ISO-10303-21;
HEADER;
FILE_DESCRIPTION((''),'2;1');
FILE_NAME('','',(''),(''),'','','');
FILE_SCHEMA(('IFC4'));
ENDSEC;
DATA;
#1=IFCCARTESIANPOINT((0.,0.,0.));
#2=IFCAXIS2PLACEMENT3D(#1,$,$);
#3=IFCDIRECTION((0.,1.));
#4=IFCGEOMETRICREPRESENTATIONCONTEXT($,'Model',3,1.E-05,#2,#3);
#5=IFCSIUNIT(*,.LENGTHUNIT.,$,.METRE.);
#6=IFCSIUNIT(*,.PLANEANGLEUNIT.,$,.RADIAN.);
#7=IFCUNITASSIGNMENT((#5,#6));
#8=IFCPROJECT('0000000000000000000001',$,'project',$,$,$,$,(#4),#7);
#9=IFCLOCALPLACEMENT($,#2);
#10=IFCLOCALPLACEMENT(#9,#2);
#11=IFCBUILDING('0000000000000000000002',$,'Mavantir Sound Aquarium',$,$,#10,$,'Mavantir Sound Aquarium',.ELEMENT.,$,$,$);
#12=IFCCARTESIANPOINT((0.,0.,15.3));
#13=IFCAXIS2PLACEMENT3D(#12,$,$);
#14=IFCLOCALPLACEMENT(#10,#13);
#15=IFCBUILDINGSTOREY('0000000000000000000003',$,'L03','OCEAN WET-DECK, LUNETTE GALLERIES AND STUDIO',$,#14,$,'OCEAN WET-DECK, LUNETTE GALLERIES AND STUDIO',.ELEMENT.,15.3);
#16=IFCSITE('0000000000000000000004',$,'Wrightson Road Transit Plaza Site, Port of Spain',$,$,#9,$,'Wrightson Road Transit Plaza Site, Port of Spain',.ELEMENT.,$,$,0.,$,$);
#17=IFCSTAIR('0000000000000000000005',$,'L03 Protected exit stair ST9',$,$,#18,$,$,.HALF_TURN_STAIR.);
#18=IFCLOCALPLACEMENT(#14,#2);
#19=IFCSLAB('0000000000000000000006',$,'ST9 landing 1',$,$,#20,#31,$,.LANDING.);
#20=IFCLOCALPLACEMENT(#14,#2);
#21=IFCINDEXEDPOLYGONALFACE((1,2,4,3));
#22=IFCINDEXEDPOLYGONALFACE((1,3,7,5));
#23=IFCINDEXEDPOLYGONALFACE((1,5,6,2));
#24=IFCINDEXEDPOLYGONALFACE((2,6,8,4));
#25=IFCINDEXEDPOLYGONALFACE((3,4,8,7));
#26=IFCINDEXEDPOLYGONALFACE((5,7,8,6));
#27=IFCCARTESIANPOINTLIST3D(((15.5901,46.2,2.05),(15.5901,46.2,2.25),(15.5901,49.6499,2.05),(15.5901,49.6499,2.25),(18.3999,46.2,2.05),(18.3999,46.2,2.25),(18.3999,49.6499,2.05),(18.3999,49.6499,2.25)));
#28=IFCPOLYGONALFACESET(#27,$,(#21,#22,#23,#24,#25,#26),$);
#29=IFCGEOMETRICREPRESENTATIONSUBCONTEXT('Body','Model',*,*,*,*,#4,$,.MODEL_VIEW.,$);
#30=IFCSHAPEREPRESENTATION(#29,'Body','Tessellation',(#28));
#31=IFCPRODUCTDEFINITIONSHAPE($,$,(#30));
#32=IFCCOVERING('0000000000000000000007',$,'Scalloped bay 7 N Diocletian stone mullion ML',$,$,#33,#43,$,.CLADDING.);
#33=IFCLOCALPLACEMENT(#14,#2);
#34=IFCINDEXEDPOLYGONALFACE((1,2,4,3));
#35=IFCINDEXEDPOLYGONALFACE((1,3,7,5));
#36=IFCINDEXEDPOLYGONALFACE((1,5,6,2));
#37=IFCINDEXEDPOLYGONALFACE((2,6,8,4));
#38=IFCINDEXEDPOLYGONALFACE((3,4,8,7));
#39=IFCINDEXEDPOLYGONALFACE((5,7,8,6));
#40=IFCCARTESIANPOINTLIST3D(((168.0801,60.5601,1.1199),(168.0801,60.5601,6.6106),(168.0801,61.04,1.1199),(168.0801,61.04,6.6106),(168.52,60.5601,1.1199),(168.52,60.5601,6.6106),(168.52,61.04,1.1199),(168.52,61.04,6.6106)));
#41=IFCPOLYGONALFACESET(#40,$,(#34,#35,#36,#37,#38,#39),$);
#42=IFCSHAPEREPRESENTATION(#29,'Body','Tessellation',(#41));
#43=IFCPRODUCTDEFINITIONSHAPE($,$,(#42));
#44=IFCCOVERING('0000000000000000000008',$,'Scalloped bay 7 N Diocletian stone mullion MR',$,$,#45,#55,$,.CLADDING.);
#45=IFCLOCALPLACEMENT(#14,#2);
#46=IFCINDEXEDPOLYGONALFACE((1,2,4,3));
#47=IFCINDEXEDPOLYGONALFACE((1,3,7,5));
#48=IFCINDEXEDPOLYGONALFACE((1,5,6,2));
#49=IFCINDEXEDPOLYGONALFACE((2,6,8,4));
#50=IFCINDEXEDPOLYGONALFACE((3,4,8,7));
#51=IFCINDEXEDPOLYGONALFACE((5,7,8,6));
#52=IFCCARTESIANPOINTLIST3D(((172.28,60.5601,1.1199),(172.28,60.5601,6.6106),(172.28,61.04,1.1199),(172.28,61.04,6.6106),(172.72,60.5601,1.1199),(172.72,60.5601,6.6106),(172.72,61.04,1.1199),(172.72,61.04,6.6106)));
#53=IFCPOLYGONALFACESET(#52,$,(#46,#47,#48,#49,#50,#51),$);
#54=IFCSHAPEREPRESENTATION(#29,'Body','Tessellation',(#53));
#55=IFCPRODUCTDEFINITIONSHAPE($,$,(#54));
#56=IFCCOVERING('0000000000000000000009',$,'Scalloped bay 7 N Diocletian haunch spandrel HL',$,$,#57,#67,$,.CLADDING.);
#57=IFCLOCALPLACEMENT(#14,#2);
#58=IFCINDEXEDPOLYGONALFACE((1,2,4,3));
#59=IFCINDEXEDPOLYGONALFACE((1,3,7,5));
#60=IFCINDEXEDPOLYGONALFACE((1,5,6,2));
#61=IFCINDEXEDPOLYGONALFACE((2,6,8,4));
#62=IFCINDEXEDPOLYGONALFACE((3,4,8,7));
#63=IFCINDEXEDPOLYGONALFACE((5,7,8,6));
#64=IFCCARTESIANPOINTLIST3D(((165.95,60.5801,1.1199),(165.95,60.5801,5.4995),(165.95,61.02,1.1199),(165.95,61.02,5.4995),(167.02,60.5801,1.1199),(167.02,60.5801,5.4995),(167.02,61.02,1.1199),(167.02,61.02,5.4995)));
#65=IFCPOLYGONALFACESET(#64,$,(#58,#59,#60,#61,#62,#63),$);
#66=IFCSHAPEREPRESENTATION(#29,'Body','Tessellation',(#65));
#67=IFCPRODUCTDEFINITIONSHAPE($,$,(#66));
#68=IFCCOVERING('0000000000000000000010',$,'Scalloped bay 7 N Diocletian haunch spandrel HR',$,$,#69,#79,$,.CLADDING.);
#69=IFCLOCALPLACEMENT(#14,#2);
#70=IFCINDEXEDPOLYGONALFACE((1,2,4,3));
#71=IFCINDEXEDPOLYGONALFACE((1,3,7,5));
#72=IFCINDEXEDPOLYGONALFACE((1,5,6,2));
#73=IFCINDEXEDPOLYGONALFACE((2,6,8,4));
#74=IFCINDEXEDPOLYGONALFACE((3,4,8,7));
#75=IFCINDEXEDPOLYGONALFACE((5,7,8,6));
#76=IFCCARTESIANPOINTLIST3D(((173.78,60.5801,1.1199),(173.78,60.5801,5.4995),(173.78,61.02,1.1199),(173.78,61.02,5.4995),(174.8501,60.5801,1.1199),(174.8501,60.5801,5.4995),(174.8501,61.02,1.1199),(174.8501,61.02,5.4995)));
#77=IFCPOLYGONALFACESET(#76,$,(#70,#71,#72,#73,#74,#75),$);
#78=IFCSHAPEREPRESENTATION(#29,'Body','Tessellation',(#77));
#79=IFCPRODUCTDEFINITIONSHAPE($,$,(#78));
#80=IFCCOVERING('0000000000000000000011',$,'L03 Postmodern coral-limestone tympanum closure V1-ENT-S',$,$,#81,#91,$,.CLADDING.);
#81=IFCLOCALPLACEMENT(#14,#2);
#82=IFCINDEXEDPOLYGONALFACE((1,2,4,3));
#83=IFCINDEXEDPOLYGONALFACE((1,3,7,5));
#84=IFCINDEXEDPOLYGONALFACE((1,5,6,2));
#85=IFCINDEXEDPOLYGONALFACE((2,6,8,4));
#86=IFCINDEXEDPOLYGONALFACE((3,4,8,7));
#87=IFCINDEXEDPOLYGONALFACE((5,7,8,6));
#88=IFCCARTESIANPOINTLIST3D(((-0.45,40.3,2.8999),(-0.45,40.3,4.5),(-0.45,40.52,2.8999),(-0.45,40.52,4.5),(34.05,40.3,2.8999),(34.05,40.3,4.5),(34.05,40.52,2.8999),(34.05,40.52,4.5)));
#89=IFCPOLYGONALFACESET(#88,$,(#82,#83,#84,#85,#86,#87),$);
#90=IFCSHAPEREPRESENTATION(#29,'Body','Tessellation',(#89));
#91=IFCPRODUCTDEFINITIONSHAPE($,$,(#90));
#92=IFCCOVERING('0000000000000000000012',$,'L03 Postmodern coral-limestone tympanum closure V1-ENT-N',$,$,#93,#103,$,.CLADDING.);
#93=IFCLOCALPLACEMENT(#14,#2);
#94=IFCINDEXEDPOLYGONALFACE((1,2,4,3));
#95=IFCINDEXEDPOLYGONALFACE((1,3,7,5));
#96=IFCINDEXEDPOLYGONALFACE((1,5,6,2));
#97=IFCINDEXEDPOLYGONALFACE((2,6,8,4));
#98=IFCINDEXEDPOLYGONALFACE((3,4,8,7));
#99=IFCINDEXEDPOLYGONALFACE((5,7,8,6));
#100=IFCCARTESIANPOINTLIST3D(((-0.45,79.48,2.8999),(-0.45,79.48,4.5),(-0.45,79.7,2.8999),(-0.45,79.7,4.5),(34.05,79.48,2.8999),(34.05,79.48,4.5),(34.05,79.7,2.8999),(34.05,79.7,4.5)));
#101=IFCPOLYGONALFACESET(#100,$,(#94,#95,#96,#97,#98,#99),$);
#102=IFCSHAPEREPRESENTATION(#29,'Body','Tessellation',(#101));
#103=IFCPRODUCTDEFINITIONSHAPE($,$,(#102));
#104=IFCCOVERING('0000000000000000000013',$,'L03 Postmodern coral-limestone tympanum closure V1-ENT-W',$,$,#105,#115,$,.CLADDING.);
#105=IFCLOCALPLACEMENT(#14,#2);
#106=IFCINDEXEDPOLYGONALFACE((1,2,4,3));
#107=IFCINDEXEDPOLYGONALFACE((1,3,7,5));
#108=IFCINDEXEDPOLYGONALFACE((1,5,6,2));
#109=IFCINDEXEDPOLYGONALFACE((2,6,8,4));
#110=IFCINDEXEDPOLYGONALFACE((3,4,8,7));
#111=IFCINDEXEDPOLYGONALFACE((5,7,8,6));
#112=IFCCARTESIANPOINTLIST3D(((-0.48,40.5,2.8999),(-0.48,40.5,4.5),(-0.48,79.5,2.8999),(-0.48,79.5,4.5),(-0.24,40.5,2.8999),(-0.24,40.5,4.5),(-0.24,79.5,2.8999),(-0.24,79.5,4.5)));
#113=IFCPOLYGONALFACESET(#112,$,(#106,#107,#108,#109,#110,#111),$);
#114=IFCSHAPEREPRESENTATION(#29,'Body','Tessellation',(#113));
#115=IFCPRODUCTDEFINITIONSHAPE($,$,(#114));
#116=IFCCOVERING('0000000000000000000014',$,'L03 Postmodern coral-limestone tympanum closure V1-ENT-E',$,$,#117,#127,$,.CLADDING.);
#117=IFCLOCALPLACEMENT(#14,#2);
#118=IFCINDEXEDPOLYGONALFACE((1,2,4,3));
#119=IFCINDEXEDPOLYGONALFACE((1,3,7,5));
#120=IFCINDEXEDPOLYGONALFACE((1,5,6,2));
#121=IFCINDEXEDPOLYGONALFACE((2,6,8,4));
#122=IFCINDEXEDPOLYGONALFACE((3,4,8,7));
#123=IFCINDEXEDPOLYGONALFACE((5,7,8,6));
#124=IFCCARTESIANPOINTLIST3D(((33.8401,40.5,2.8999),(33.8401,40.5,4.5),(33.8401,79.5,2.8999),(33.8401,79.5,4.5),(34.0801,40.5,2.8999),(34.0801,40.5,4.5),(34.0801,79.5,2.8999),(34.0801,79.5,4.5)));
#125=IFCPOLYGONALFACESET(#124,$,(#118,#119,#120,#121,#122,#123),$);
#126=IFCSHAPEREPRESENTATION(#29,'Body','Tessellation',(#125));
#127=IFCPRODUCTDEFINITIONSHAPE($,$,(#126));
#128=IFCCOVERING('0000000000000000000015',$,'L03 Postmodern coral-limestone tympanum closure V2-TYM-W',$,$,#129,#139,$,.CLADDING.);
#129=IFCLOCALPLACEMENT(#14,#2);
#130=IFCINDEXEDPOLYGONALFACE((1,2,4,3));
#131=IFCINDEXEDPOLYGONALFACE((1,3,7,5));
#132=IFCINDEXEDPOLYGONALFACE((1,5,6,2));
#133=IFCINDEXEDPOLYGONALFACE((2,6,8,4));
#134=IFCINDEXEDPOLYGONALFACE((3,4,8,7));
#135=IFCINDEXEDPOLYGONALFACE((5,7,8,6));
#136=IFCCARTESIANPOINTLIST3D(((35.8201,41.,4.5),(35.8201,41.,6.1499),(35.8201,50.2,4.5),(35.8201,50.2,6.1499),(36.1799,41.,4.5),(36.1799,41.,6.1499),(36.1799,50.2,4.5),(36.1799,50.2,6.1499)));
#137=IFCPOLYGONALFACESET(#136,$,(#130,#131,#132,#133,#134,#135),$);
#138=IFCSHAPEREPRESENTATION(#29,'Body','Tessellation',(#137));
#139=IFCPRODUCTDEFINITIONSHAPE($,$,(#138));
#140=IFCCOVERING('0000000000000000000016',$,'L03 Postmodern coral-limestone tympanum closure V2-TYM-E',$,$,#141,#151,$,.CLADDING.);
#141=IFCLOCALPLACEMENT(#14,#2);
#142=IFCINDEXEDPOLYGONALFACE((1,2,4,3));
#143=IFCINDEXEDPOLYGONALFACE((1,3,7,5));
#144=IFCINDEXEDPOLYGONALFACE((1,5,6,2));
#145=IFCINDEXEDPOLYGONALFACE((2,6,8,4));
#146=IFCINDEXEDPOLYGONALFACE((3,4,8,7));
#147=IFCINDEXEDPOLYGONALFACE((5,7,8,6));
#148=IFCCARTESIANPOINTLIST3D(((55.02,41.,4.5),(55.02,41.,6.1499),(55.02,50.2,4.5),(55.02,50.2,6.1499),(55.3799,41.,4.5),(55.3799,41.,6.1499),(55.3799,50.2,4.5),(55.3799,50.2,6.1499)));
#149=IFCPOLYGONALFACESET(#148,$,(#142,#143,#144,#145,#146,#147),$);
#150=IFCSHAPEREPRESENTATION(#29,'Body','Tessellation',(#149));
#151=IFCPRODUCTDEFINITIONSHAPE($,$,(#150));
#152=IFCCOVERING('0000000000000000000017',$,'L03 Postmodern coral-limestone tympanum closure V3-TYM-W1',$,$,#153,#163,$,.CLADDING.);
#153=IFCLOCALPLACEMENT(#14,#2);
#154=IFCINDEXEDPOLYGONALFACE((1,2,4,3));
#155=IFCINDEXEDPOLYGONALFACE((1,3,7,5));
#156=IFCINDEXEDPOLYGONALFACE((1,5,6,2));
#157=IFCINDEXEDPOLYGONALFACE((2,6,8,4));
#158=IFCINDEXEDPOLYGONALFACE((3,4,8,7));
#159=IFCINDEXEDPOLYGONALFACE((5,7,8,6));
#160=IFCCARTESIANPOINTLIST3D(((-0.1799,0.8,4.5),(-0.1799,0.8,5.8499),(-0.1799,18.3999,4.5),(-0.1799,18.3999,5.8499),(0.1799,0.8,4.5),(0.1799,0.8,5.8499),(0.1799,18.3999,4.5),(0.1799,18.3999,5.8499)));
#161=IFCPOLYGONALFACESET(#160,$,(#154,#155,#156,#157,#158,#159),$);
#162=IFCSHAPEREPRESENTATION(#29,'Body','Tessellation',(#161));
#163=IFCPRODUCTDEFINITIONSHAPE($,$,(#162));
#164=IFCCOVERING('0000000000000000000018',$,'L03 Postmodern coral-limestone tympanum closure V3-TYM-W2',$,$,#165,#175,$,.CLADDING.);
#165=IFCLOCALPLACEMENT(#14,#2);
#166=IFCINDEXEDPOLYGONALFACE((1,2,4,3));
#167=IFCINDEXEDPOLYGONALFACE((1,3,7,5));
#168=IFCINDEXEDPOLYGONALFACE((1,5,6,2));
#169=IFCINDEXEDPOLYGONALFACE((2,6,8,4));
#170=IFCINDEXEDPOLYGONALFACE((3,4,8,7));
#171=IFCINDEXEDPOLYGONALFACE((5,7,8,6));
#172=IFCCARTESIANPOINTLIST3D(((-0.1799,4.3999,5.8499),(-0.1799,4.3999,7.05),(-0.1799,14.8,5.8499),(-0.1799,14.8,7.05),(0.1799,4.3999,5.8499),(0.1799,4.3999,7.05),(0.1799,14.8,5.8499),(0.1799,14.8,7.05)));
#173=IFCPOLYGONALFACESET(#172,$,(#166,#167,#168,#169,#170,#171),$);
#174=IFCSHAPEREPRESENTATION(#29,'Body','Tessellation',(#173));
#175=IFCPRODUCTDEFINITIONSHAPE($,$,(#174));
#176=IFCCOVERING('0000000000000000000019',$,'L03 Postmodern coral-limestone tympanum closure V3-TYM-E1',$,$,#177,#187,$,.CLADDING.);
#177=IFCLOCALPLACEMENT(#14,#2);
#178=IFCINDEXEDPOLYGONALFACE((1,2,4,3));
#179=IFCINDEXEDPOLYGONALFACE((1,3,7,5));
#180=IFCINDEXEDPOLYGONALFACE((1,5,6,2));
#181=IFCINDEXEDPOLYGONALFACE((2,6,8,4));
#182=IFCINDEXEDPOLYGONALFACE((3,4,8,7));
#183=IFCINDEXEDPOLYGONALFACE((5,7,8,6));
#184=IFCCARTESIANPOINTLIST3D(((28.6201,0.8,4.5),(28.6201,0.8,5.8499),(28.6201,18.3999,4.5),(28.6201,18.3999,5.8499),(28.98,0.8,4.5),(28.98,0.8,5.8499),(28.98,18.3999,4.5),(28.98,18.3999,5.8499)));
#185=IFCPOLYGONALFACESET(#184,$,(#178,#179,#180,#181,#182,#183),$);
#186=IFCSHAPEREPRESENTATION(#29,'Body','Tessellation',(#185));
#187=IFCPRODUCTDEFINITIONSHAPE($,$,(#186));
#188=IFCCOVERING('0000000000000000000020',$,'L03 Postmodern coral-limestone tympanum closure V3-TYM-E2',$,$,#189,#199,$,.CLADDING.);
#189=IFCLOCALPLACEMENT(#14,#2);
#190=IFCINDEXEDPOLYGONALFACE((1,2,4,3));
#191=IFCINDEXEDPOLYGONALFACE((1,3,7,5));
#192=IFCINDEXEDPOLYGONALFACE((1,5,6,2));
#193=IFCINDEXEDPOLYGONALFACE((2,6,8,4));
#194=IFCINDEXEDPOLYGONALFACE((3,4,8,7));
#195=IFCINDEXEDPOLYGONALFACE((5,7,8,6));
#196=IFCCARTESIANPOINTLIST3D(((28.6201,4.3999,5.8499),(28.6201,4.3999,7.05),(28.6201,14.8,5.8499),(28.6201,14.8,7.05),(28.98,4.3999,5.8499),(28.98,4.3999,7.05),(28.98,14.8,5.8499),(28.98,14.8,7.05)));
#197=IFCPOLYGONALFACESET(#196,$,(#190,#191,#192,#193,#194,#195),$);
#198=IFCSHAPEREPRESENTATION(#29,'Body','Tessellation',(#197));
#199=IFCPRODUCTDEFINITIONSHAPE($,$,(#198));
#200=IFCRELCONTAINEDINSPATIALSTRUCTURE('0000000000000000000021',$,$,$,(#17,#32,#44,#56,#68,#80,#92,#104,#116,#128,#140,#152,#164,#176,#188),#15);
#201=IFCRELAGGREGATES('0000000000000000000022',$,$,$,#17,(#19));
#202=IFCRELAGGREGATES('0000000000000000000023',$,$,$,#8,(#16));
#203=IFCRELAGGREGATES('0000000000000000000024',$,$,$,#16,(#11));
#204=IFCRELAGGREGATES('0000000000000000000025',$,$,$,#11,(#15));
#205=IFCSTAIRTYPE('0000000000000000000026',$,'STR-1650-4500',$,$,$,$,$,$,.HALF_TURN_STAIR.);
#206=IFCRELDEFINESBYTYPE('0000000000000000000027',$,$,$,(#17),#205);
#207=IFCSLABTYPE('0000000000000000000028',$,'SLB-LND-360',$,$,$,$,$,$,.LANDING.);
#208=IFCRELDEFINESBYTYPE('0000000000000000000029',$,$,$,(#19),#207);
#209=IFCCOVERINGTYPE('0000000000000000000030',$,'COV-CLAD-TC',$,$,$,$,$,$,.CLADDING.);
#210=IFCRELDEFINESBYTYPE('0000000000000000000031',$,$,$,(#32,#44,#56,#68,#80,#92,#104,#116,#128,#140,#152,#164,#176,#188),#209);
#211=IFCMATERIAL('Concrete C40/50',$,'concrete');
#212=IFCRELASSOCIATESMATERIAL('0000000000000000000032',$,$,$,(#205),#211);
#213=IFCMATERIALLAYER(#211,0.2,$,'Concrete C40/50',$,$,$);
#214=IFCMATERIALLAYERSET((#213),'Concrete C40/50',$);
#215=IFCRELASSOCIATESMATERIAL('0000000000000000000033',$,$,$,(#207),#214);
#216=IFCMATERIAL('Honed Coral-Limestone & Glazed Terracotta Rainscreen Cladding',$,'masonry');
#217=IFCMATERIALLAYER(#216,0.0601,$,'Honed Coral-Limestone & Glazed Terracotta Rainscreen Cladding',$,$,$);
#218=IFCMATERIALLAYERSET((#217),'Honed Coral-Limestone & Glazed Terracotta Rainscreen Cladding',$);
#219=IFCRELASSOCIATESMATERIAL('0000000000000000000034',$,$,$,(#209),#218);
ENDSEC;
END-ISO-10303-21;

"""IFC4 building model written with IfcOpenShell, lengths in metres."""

from ifc_helpers import new_model, si_unit, direction, frame, origin, place, context, subcontext, project, spatial, polyline, outline, extrude, material, layer, layer_set, type_object, element, aggregate, save


model = new_model("IFC4")

# Units and contexts
model_context = context("Model", 3, precision=1e-05, world=origin(), true_north=direction((0.0, 1.0)))
body_context = subcontext(model_context, "Body", "Model", "MODEL_VIEW")
ifc_project = project(units=[si_unit("LENGTHUNIT", "METRE"), si_unit("PLANEANGLEUNIT", "RADIAN")], contexts=[model_context])

# Site, building, storey
site_placement = place(None, origin())
site = spatial("IfcSite", under=ifc_project, at=site_placement, Name="Wrightson Road Transit Plaza Site, Port of Spain", LongName="Wrightson Road Transit Plaza Site, Port of Spain", CompositionType="ELEMENT", RefElevation=0.0)
building_placement = place(site_placement, origin())
building = spatial("IfcBuilding", under=site, at=building_placement, Name="Mavantir Sound Aquarium", LongName="Mavantir Sound Aquarium", CompositionType="ELEMENT")
storey_placement = place(building_placement, frame((0.0, 0.0, 15.3)))
storey = spatial("IfcBuildingStorey", under=building, at=storey_placement, Name="L03", Description="OCEAN WET-DECK, LUNETTE GALLERIES AND STUDIO", LongName="OCEAN WET-DECK, LUNETTE GALLERIES AND STUDIO", CompositionType="ELEMENT", Elevation=15.3)

# Stair, slab
ifc_material_1 = material(Name="Concrete C40/50", Category="concrete")
stair_type = type_object("IfcStairType", Name="STR-1650-4500", PredefinedType="HALF_TURN_STAIR", material=ifc_material_1)
stair_placement = place(storey_placement, origin())
stair = element("IfcStair", 1, at=stair_placement, inside=storey, type_object=stair_type, Name="L03 Protected exit stair ST9", PredefinedType="HALF_TURN_STAIR")
ifc_layer_1 = layer(ifc_material_1, 0.2, Name="Concrete C40/50")
ifc_layer_set_1 = layer_set([ifc_layer_1], Name="Concrete C40/50")
slab_type = type_object("IfcSlabType", Name="SLB-LND-360", PredefinedType="LANDING", material=ifc_layer_set_1)
slab_placement = place(storey_placement, frame((0.0, 0.0, 2.05)))
slab = element("IfcSlab", 2, at=slab_placement, type_object=slab_type, Name="ST9 landing 1", PredefinedType="LANDING", context=body_context, shape_type="SweptSolid", body=[
    extrude(outline(polyline([(15.5901, 46.2), (18.3999, 46.2), (18.3999, 49.6499), (15.5901, 49.6499), (15.5901, 46.2)])), origin(), (0.0, 0.0, 1.0), 0.2),
])
aggregate(stair, [slab])

# Coverings
ifc_material_2 = material(Name="Honed Coral-Limestone & Glazed Terracotta Rainscreen Cladding", Category="masonry")
ifc_layer_2 = layer(ifc_material_2, 0.0601, Name="Honed Coral-Limestone & Glazed Terracotta Rainscreen Cladding")
ifc_layer_set_2 = layer_set([ifc_layer_2], Name="Honed Coral-Limestone & Glazed Terracotta Rainscreen Cladding")
covering_type = type_object("IfcCoveringType", Name="COV-CLAD-TC", PredefinedType="CLADDING", material=ifc_layer_set_2)
covering_1_placement = place(storey_placement, frame((0.0, 0.0, 1.1199)))
element("IfcCovering", 3, at=covering_1_placement, inside=storey, type_object=covering_type, Name="Scalloped bay 7 N Diocletian stone mullion ML", PredefinedType="CLADDING", context=body_context, shape_type="SweptSolid", body=[
    extrude(outline(polyline([(168.0801, 60.5601), (168.52, 60.5601), (168.52, 61.04), (168.0801, 61.04), (168.0801, 60.5601)])), origin(), (0.0, 0.0, 1.0), 5.4907),
])
covering_2_placement = place(storey_placement, frame((0.0, 0.0, 1.1199)))
element("IfcCovering", 4, at=covering_2_placement, inside=storey, type_object=covering_type, Name="Scalloped bay 7 N Diocletian stone mullion MR", PredefinedType="CLADDING", context=body_context, shape_type="SweptSolid", body=[
    extrude(outline(polyline([(172.28, 60.5601), (172.72, 60.5601), (172.72, 61.04), (172.28, 61.04), (172.28, 60.5601)])), origin(), (0.0, 0.0, 1.0), 5.4907),
])
covering_3_placement = place(storey_placement, frame((0.0, 0.0, 1.1199)))
element("IfcCovering", 5, at=covering_3_placement, inside=storey, type_object=covering_type, Name="Scalloped bay 7 N Diocletian haunch spandrel HL", PredefinedType="CLADDING", context=body_context, shape_type="SweptSolid", body=[
    extrude(outline(polyline([(165.95, 60.5801), (167.02, 60.5801), (167.02, 61.02), (165.95, 61.02), (165.95, 60.5801)])), origin(), (0.0, 0.0, 1.0), 4.3796),
])
covering_4_placement = place(storey_placement, frame((0.0, 0.0, 1.1199)))
element("IfcCovering", 6, at=covering_4_placement, inside=storey, type_object=covering_type, Name="Scalloped bay 7 N Diocletian haunch spandrel HR", PredefinedType="CLADDING", context=body_context, shape_type="SweptSolid", body=[
    extrude(outline(polyline([(173.78, 60.5801), (174.8501, 60.5801), (174.8501, 61.02), (173.78, 61.02), (173.78, 60.5801)])), origin(), (0.0, 0.0, 1.0), 4.3796),
])
covering_5_placement = place(storey_placement, frame((0.0, 0.0, 2.8999)))
element("IfcCovering", 7, at=covering_5_placement, inside=storey, type_object=covering_type, Name="L03 Postmodern coral-limestone tympanum closure V1-ENT-S", PredefinedType="CLADDING", context=body_context, shape_type="SweptSolid", body=[
    extrude(outline(polyline([(-0.45, 40.3), (34.05, 40.3), (34.05, 40.52), (-0.45, 40.52), (-0.45, 40.3)])), origin(), (0.0, 0.0, 1.0), 1.6001),
])
covering_6_placement = place(storey_placement, frame((0.0, 0.0, 2.8999)))
element("IfcCovering", 8, at=covering_6_placement, inside=storey, type_object=covering_type, Name="L03 Postmodern coral-limestone tympanum closure V1-ENT-N", PredefinedType="CLADDING", context=body_context, shape_type="SweptSolid", body=[
    extrude(outline(polyline([(-0.45, 79.48), (34.05, 79.48), (34.05, 79.7), (-0.45, 79.7), (-0.45, 79.48)])), origin(), (0.0, 0.0, 1.0), 1.6001),
])
covering_7_placement = place(storey_placement, frame((0.0, 0.0, 2.8999)))
element("IfcCovering", 9, at=covering_7_placement, inside=storey, type_object=covering_type, Name="L03 Postmodern coral-limestone tympanum closure V1-ENT-W", PredefinedType="CLADDING", context=body_context, shape_type="SweptSolid", body=[
    extrude(outline(polyline([(-0.48, 40.5), (-0.24, 40.5), (-0.24, 79.5), (-0.48, 79.5), (-0.48, 40.5)])), origin(), (0.0, 0.0, 1.0), 1.6001),
])
covering_8_placement = place(storey_placement, frame((0.0, 0.0, 2.8999)))
element("IfcCovering", 10, at=covering_8_placement, inside=storey, type_object=covering_type, Name="L03 Postmodern coral-limestone tympanum closure V1-ENT-E", PredefinedType="CLADDING", context=body_context, shape_type="SweptSolid", body=[
    extrude(outline(polyline([(33.8401, 40.5), (34.0801, 40.5), (34.0801, 79.5), (33.8401, 79.5), (33.8401, 40.5)])), origin(), (0.0, 0.0, 1.0), 1.6001),
])
covering_9_placement = place(storey_placement, frame((0.0, 0.0, 4.5)))
element("IfcCovering", 11, at=covering_9_placement, inside=storey, type_object=covering_type, Name="L03 Postmodern coral-limestone tympanum closure V2-TYM-W", PredefinedType="CLADDING", context=body_context, shape_type="SweptSolid", body=[
    extrude(outline(polyline([(35.8201, 41.0), (36.1799, 41.0), (36.1799, 50.2), (35.8201, 50.2), (35.8201, 41.0)])), origin(), (0.0, 0.0, 1.0), 1.6499),
])
covering_10_placement = place(storey_placement, frame((0.0, 0.0, 4.5)))
element("IfcCovering", 12, at=covering_10_placement, inside=storey, type_object=covering_type, Name="L03 Postmodern coral-limestone tympanum closure V2-TYM-E", PredefinedType="CLADDING", context=body_context, shape_type="SweptSolid", body=[
    extrude(outline(polyline([(55.02, 41.0), (55.3799, 41.0), (55.3799, 50.2), (55.02, 50.2), (55.02, 41.0)])), origin(), (0.0, 0.0, 1.0), 1.6499),
])
covering_11_placement = place(storey_placement, frame((0.0, 0.0, 4.5)))
element("IfcCovering", 13, at=covering_11_placement, inside=storey, type_object=covering_type, Name="L03 Postmodern coral-limestone tympanum closure V3-TYM-W1", PredefinedType="CLADDING", context=body_context, shape_type="SweptSolid", body=[
    extrude(outline(polyline([(-0.1799, 0.8), (0.1799, 0.8), (0.1799, 18.3999), (-0.1799, 18.3999), (-0.1799, 0.8)])), origin(), (0.0, 0.0, 1.0), 1.3499),
])
covering_12_placement = place(storey_placement, frame((0.0, 0.0, 5.8499)))
element("IfcCovering", 14, at=covering_12_placement, inside=storey, type_object=covering_type, Name="L03 Postmodern coral-limestone tympanum closure V3-TYM-W2", PredefinedType="CLADDING", context=body_context, shape_type="SweptSolid", body=[
    extrude(outline(polyline([(-0.1799, 4.3999), (0.1799, 4.3999), (0.1799, 14.8), (-0.1799, 14.8), (-0.1799, 4.3999)])), origin(), (0.0, 0.0, 1.0), 1.2002),
])
covering_13_placement = place(storey_placement, frame((0.0, 0.0, 4.5)))
element("IfcCovering", 15, at=covering_13_placement, inside=storey, type_object=covering_type, Name="L03 Postmodern coral-limestone tympanum closure V3-TYM-E1", PredefinedType="CLADDING", context=body_context, shape_type="SweptSolid", body=[
    extrude(outline(polyline([(28.6201, 0.8), (28.98, 0.8), (28.98, 18.3999), (28.6201, 18.3999), (28.6201, 0.8)])), origin(), (0.0, 0.0, 1.0), 1.3499),
])
covering_14_placement = place(storey_placement, frame((0.0, 0.0, 5.8499)))
element("IfcCovering", 16, at=covering_14_placement, inside=storey, type_object=covering_type, Name="L03 Postmodern coral-limestone tympanum closure V3-TYM-E2", PredefinedType="CLADDING", context=body_context, shape_type="SweptSolid", body=[
    extrude(outline(polyline([(28.6201, 4.3999), (28.98, 4.3999), (28.98, 14.8), (28.6201, 14.8), (28.6201, 4.3999)])), origin(), (0.0, 0.0, 1.0), 1.2002),
])

save(model, "model.ifc")
